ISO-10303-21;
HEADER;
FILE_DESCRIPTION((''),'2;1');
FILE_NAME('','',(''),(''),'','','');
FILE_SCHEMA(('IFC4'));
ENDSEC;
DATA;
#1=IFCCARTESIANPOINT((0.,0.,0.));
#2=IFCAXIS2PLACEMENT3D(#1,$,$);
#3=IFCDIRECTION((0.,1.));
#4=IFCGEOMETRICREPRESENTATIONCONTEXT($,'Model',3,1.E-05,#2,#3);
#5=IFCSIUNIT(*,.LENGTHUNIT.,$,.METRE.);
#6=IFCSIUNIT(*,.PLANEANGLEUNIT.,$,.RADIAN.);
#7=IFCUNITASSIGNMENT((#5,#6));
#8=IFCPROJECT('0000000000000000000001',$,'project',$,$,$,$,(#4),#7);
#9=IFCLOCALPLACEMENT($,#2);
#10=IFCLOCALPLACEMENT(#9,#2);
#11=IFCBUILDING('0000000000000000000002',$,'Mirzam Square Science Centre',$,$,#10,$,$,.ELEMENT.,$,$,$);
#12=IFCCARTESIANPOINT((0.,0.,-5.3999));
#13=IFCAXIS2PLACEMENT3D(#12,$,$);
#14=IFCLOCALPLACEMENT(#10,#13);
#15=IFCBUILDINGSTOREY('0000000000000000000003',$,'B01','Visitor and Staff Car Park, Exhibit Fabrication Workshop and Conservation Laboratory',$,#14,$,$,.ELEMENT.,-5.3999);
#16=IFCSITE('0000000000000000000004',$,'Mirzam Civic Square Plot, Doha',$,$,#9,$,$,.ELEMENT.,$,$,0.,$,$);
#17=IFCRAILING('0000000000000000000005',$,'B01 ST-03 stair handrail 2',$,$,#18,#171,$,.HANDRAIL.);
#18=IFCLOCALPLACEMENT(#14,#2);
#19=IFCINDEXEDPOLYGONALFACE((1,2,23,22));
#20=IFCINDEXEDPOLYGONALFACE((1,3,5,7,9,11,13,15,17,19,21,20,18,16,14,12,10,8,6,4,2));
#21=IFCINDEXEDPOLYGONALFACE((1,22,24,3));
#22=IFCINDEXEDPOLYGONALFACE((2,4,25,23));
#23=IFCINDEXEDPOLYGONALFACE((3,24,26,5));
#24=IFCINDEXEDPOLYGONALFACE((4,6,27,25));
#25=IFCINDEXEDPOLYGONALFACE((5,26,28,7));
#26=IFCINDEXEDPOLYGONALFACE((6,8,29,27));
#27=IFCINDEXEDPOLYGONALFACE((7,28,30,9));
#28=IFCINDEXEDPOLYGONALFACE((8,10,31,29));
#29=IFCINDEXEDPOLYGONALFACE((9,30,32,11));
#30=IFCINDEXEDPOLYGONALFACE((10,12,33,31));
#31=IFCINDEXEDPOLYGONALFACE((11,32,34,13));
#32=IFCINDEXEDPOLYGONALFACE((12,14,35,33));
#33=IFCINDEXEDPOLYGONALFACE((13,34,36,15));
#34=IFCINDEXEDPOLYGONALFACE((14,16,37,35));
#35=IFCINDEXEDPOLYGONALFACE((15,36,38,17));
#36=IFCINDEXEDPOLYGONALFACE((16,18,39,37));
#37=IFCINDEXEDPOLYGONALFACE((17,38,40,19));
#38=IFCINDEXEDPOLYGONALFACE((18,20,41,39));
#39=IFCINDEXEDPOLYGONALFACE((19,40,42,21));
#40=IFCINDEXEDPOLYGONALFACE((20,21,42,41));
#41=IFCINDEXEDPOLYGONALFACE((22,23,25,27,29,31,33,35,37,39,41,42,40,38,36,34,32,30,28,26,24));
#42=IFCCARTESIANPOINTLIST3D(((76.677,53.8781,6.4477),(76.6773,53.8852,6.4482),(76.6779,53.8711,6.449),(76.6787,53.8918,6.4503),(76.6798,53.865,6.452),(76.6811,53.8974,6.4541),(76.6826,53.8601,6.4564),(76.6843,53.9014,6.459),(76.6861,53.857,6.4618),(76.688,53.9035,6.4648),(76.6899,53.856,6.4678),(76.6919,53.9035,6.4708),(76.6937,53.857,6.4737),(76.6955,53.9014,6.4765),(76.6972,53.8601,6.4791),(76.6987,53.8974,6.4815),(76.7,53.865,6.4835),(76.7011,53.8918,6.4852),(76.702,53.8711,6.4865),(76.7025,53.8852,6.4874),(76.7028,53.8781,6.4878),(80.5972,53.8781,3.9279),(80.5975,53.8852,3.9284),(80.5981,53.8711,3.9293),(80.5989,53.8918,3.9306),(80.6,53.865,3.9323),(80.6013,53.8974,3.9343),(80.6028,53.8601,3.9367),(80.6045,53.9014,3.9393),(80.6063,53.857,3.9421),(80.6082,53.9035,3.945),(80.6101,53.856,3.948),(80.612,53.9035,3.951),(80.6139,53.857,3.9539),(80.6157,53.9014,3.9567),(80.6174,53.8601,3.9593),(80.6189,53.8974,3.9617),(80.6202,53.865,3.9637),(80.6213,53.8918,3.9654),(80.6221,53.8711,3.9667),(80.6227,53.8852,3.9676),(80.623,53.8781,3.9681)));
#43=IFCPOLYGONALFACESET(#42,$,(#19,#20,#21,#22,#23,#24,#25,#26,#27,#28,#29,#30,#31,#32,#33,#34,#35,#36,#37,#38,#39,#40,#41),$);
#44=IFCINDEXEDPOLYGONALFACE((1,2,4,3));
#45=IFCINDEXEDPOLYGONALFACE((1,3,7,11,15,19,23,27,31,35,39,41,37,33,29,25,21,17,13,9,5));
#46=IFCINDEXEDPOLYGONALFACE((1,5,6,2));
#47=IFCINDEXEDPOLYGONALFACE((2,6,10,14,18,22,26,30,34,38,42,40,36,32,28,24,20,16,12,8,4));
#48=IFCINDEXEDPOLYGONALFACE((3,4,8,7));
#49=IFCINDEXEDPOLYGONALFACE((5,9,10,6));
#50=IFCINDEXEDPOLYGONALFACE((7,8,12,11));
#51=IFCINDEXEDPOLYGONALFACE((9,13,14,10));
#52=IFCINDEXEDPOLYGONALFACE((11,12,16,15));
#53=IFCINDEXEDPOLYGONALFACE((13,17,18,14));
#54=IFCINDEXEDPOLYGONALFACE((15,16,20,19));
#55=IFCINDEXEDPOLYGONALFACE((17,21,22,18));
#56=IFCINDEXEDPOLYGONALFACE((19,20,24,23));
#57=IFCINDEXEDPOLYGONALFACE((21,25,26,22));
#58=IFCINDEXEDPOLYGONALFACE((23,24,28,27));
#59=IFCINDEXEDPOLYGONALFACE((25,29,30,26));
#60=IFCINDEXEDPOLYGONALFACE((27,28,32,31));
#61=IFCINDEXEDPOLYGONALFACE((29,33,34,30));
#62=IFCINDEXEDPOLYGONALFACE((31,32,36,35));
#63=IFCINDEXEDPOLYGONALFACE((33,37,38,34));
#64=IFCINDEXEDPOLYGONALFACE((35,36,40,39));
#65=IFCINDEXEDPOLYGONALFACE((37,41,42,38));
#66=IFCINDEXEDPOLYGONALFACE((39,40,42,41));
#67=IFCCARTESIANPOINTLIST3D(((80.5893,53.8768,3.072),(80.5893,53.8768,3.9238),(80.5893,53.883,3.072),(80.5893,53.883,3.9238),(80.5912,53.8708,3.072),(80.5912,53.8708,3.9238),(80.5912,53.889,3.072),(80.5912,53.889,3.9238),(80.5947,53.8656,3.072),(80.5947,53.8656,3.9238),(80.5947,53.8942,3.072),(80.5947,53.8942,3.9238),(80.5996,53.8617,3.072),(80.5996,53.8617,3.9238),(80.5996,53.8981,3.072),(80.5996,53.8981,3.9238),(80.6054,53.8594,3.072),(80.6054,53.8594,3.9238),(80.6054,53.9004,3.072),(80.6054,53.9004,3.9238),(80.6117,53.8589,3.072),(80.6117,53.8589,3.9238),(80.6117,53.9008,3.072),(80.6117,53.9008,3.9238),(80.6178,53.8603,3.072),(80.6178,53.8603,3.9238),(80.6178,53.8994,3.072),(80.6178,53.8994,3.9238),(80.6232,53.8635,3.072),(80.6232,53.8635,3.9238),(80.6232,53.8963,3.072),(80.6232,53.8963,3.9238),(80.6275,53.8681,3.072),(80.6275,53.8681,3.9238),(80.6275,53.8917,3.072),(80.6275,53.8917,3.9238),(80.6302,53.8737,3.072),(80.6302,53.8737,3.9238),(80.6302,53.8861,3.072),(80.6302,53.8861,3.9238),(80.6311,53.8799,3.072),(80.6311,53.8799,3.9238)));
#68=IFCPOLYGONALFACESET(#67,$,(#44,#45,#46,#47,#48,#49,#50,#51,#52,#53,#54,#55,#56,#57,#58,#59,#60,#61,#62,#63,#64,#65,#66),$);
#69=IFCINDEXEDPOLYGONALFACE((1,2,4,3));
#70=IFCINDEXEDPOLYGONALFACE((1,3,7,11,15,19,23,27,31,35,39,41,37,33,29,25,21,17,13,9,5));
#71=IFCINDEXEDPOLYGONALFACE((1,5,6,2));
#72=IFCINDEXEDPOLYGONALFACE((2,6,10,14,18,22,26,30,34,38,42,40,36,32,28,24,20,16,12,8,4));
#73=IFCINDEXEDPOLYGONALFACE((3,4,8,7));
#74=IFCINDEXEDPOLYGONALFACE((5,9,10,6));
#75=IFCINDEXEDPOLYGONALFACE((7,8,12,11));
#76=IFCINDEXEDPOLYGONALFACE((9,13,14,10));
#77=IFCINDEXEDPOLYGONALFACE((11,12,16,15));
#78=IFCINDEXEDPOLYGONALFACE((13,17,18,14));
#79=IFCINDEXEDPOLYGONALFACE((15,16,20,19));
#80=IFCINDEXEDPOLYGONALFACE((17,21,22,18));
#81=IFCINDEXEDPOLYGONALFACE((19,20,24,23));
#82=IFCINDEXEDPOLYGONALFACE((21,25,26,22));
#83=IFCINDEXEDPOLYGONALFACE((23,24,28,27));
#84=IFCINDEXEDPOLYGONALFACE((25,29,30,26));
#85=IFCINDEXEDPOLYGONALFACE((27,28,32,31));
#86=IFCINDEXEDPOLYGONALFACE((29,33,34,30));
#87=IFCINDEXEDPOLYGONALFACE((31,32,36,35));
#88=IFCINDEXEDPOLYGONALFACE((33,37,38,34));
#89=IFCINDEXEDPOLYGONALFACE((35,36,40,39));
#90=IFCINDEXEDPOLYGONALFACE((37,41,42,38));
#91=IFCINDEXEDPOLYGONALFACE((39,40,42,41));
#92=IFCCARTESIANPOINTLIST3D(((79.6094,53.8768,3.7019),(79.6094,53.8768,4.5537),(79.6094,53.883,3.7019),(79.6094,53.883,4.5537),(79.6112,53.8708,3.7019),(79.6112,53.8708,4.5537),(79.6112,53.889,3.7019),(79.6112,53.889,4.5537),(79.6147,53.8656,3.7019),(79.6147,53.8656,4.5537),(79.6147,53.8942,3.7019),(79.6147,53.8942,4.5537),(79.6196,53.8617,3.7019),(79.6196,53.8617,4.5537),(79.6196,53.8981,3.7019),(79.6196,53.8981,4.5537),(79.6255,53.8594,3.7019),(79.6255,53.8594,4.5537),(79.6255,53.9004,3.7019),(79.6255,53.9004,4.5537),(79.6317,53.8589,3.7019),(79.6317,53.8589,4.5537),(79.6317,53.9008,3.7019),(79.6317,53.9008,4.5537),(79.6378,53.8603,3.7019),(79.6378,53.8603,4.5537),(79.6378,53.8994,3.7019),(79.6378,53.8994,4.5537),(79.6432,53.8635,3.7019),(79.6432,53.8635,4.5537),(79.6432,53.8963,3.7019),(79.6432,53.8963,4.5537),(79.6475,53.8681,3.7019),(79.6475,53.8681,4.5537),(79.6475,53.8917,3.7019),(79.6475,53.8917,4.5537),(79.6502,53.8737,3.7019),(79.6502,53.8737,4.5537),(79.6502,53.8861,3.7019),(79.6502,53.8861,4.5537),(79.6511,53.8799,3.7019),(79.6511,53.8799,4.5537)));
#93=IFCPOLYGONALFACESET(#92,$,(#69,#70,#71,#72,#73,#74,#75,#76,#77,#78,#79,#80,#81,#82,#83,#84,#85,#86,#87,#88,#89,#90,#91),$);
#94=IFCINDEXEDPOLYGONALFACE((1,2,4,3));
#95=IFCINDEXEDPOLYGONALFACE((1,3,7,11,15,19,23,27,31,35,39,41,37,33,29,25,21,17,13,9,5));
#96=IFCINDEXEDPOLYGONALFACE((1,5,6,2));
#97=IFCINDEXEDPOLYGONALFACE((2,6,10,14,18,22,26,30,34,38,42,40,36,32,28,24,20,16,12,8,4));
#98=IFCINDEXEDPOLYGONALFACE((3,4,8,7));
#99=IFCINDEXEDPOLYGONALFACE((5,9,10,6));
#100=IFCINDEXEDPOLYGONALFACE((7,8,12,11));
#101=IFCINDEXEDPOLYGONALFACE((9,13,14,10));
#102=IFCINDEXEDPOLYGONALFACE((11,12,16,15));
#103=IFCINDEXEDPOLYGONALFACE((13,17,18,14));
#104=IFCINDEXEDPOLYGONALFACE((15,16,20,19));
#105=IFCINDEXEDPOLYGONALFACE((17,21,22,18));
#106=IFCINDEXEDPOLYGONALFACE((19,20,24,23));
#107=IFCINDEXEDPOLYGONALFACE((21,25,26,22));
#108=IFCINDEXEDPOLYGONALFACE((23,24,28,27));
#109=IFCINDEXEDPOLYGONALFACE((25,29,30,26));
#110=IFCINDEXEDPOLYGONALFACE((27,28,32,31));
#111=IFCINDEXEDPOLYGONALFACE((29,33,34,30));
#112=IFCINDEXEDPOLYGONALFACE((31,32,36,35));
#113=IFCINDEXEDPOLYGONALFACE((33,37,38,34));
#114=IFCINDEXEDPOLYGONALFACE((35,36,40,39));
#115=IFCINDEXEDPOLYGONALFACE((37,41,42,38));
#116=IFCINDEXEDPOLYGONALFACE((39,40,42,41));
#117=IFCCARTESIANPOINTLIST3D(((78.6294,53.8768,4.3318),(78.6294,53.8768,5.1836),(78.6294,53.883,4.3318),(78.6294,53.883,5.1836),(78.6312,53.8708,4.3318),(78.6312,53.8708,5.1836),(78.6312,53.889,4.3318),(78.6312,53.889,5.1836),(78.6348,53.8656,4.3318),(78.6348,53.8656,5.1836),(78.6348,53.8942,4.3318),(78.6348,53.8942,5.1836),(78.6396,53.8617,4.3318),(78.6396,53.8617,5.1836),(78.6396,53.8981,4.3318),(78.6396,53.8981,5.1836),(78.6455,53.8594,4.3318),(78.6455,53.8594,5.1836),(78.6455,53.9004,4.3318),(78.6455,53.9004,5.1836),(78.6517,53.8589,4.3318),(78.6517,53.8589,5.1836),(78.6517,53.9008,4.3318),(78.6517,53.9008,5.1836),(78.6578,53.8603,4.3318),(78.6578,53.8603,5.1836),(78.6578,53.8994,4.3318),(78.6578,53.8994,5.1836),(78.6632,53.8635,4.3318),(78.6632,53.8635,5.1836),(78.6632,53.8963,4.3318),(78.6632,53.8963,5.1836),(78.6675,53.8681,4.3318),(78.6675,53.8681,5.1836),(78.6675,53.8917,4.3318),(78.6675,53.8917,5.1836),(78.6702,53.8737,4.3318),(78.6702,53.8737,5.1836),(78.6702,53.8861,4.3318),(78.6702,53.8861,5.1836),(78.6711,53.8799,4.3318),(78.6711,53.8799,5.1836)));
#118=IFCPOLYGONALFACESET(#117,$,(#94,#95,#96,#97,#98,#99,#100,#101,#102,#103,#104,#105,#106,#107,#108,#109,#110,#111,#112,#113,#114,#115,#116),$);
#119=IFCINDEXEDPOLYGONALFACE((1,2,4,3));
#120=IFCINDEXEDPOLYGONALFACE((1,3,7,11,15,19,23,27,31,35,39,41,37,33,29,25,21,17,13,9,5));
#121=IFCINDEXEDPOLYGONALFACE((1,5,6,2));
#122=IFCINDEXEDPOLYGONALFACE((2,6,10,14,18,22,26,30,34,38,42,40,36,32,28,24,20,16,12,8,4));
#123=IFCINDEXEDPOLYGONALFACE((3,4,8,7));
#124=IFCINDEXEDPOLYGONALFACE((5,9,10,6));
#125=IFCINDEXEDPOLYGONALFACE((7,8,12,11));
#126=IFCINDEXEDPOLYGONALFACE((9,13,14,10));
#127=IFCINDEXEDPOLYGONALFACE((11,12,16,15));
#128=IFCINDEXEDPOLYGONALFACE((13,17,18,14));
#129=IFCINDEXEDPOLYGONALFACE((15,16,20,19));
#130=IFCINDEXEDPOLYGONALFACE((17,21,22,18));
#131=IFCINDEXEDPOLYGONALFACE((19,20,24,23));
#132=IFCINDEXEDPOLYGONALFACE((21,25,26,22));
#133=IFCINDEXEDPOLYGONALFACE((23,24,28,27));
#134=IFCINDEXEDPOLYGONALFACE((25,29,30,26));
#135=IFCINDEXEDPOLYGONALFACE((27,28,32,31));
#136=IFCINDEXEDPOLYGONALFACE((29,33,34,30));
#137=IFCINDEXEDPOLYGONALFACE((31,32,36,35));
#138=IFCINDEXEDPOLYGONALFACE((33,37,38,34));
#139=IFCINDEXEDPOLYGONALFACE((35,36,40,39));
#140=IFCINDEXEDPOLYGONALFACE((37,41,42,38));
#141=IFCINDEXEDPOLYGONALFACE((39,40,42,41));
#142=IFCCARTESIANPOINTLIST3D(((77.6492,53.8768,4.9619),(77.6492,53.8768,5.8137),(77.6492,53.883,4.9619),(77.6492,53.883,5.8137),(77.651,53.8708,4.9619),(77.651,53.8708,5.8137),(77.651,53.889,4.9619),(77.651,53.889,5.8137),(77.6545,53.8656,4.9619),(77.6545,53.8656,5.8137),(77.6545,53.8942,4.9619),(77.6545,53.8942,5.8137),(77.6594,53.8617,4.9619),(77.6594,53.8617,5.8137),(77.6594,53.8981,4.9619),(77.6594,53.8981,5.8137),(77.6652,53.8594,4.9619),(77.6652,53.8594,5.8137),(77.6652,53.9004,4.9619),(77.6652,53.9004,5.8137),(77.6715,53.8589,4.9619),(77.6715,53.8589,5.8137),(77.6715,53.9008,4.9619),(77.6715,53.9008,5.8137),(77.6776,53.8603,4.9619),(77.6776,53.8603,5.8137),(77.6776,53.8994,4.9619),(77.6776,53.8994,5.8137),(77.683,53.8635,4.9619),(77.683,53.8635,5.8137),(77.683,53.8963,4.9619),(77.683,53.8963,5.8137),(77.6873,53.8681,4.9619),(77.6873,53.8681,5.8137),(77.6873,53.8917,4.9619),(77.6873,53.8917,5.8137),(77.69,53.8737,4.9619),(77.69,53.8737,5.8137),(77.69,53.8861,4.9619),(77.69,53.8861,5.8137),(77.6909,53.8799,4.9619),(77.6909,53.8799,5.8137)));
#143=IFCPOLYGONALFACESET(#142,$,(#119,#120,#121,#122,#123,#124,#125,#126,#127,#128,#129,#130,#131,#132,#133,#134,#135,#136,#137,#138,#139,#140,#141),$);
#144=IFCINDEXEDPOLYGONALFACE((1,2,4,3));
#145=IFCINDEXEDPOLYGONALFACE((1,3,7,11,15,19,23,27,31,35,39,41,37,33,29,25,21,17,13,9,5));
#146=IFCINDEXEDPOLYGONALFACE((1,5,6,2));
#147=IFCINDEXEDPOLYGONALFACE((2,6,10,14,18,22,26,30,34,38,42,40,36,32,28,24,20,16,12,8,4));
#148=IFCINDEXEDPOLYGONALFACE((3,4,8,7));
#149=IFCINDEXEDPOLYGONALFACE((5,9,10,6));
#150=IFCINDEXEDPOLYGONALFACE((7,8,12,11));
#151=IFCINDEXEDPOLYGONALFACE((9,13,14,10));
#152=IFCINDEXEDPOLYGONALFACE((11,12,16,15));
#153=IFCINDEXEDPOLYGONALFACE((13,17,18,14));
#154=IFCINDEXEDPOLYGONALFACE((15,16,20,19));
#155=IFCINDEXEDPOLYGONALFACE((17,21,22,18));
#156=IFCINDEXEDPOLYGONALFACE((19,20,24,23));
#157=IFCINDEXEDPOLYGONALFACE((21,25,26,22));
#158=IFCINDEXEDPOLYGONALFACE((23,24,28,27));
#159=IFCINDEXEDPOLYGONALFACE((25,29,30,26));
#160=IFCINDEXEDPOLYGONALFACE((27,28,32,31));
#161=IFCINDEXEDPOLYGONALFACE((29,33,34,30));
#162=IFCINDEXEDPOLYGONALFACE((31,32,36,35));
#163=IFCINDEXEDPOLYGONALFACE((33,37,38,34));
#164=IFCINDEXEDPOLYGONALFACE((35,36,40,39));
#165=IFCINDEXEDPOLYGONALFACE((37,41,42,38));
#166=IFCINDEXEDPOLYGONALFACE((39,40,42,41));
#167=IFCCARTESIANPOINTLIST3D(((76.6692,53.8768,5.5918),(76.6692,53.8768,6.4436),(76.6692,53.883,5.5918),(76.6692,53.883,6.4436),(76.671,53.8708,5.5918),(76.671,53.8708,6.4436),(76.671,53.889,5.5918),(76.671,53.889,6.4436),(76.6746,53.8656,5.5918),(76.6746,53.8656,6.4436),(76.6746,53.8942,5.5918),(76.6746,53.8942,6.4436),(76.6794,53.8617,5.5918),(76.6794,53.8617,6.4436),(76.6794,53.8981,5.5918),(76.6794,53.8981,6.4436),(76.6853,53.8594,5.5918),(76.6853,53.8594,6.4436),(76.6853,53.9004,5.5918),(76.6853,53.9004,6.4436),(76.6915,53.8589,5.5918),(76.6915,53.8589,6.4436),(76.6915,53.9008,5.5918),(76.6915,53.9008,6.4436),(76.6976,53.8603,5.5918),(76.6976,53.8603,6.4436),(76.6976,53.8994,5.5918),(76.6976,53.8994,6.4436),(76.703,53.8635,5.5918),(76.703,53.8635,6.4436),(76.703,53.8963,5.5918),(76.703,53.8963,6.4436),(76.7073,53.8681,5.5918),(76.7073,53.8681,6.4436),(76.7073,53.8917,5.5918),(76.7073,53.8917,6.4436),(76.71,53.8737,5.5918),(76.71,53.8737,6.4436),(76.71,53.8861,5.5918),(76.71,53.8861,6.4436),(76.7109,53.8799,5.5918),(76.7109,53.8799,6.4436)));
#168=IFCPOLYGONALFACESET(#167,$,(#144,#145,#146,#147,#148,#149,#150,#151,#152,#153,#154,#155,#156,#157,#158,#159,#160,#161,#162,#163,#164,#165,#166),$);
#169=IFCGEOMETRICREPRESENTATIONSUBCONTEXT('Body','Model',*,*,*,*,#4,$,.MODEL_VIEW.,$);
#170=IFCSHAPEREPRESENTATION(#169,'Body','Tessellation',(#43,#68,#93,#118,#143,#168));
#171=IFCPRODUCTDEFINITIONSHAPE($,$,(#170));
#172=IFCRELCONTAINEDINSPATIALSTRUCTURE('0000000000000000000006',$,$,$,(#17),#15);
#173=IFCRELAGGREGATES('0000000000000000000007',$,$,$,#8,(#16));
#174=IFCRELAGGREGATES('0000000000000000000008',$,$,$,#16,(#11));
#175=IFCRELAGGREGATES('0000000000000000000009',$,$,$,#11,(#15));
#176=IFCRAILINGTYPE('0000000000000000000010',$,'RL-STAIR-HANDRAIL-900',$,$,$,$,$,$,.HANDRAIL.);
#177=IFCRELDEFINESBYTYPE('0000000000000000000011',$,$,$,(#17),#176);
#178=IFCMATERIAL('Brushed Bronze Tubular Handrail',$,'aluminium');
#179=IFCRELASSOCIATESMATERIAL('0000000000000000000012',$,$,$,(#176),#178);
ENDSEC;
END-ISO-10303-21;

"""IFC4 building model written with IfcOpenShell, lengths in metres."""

from ifc_helpers import new_model, si_unit, direction, frame, origin, origin_2d, place, context, subcontext, project, spatial, circle, extrude, material, type_object, element, save


model = new_model("IFC4")

# Units and contexts
model_context = context("Model", 3, precision=1e-05, world=origin(), true_north=direction((0.0, 1.0)))
body_context = subcontext(model_context, "Body", "Model", "MODEL_VIEW")
ifc_project = project(units=[si_unit("LENGTHUNIT", "METRE"), si_unit("PLANEANGLEUNIT", "RADIAN")], contexts=[model_context])

# Site, building, storey
site_placement = place(None, origin())
site = spatial("IfcSite", under=ifc_project, at=site_placement, Name="Mirzam Civic Square Plot, Doha", CompositionType="ELEMENT", RefElevation=0.0)
building_placement = place(site_placement, origin())
building = spatial("IfcBuilding", under=site, at=building_placement, Name="Mirzam Square Science Centre", CompositionType="ELEMENT")
storey_placement = place(building_placement, frame((0.0, 0.0, -5.3999)))
storey = spatial("IfcBuildingStorey", under=building, at=storey_placement, Name="B01", Description="Visitor and Staff Car Park, Exhibit Fabrication Workshop and Conservation Laboratory", CompositionType="ELEMENT", Elevation=-5.3999)

# Railing
ifc_material_1 = material(Name="Brushed Bronze Tubular Handrail", Category="aluminium")
railing_type_1 = type_object("IfcRailingType", Name="RL-STAIR-HANDRAIL-900", PredefinedType="HANDRAIL", material=ifc_material_1)
railing_1_placement = place(storey_placement, frame((80.6101, 53.8799, 3.072)))
element("IfcRailing", 1, at=railing_1_placement, inside=storey, type_object=railing_type_1, Name="B01 ST-03 stair handrail 2", PredefinedType="HANDRAIL", context=body_context, shape_type="SweptSolid", body=[
    extrude(circle(Radius=0.0239, at=origin_2d()), frame((0.0, 0.0, 0.876), z_axis=(-0.841211, 0.0, 0.540707), x_axis=(0.0, -1.0, 0.0)), (0.0, 0.0, 1.0), 4.6602),
    extrude(circle(Radius=0.021, at=origin_2d()), origin(), (0.0, 0.0, 1.0), 0.8518),
    extrude(circle(Radius=0.021, at=origin_2d()), frame((-0.98, 0.0, 0.6299)), (0.0, 0.0, 1.0), 0.8518),
    extrude(circle(Radius=0.021, at=origin_2d()), frame((-1.96, 0.0, 1.2598)), (0.0, 0.0, 1.0), 0.8518),
    extrude(circle(Radius=0.021, at=origin_2d()), frame((-2.9402, 0.0, 1.8899)), (0.0, 0.0, 1.0), 0.8518),
    extrude(circle(Radius=0.021, at=origin_2d()), frame((-3.9202, 0.0, 2.5198)), (0.0, 0.0, 1.0), 0.8518),
])

save(model, "model.ifc")
